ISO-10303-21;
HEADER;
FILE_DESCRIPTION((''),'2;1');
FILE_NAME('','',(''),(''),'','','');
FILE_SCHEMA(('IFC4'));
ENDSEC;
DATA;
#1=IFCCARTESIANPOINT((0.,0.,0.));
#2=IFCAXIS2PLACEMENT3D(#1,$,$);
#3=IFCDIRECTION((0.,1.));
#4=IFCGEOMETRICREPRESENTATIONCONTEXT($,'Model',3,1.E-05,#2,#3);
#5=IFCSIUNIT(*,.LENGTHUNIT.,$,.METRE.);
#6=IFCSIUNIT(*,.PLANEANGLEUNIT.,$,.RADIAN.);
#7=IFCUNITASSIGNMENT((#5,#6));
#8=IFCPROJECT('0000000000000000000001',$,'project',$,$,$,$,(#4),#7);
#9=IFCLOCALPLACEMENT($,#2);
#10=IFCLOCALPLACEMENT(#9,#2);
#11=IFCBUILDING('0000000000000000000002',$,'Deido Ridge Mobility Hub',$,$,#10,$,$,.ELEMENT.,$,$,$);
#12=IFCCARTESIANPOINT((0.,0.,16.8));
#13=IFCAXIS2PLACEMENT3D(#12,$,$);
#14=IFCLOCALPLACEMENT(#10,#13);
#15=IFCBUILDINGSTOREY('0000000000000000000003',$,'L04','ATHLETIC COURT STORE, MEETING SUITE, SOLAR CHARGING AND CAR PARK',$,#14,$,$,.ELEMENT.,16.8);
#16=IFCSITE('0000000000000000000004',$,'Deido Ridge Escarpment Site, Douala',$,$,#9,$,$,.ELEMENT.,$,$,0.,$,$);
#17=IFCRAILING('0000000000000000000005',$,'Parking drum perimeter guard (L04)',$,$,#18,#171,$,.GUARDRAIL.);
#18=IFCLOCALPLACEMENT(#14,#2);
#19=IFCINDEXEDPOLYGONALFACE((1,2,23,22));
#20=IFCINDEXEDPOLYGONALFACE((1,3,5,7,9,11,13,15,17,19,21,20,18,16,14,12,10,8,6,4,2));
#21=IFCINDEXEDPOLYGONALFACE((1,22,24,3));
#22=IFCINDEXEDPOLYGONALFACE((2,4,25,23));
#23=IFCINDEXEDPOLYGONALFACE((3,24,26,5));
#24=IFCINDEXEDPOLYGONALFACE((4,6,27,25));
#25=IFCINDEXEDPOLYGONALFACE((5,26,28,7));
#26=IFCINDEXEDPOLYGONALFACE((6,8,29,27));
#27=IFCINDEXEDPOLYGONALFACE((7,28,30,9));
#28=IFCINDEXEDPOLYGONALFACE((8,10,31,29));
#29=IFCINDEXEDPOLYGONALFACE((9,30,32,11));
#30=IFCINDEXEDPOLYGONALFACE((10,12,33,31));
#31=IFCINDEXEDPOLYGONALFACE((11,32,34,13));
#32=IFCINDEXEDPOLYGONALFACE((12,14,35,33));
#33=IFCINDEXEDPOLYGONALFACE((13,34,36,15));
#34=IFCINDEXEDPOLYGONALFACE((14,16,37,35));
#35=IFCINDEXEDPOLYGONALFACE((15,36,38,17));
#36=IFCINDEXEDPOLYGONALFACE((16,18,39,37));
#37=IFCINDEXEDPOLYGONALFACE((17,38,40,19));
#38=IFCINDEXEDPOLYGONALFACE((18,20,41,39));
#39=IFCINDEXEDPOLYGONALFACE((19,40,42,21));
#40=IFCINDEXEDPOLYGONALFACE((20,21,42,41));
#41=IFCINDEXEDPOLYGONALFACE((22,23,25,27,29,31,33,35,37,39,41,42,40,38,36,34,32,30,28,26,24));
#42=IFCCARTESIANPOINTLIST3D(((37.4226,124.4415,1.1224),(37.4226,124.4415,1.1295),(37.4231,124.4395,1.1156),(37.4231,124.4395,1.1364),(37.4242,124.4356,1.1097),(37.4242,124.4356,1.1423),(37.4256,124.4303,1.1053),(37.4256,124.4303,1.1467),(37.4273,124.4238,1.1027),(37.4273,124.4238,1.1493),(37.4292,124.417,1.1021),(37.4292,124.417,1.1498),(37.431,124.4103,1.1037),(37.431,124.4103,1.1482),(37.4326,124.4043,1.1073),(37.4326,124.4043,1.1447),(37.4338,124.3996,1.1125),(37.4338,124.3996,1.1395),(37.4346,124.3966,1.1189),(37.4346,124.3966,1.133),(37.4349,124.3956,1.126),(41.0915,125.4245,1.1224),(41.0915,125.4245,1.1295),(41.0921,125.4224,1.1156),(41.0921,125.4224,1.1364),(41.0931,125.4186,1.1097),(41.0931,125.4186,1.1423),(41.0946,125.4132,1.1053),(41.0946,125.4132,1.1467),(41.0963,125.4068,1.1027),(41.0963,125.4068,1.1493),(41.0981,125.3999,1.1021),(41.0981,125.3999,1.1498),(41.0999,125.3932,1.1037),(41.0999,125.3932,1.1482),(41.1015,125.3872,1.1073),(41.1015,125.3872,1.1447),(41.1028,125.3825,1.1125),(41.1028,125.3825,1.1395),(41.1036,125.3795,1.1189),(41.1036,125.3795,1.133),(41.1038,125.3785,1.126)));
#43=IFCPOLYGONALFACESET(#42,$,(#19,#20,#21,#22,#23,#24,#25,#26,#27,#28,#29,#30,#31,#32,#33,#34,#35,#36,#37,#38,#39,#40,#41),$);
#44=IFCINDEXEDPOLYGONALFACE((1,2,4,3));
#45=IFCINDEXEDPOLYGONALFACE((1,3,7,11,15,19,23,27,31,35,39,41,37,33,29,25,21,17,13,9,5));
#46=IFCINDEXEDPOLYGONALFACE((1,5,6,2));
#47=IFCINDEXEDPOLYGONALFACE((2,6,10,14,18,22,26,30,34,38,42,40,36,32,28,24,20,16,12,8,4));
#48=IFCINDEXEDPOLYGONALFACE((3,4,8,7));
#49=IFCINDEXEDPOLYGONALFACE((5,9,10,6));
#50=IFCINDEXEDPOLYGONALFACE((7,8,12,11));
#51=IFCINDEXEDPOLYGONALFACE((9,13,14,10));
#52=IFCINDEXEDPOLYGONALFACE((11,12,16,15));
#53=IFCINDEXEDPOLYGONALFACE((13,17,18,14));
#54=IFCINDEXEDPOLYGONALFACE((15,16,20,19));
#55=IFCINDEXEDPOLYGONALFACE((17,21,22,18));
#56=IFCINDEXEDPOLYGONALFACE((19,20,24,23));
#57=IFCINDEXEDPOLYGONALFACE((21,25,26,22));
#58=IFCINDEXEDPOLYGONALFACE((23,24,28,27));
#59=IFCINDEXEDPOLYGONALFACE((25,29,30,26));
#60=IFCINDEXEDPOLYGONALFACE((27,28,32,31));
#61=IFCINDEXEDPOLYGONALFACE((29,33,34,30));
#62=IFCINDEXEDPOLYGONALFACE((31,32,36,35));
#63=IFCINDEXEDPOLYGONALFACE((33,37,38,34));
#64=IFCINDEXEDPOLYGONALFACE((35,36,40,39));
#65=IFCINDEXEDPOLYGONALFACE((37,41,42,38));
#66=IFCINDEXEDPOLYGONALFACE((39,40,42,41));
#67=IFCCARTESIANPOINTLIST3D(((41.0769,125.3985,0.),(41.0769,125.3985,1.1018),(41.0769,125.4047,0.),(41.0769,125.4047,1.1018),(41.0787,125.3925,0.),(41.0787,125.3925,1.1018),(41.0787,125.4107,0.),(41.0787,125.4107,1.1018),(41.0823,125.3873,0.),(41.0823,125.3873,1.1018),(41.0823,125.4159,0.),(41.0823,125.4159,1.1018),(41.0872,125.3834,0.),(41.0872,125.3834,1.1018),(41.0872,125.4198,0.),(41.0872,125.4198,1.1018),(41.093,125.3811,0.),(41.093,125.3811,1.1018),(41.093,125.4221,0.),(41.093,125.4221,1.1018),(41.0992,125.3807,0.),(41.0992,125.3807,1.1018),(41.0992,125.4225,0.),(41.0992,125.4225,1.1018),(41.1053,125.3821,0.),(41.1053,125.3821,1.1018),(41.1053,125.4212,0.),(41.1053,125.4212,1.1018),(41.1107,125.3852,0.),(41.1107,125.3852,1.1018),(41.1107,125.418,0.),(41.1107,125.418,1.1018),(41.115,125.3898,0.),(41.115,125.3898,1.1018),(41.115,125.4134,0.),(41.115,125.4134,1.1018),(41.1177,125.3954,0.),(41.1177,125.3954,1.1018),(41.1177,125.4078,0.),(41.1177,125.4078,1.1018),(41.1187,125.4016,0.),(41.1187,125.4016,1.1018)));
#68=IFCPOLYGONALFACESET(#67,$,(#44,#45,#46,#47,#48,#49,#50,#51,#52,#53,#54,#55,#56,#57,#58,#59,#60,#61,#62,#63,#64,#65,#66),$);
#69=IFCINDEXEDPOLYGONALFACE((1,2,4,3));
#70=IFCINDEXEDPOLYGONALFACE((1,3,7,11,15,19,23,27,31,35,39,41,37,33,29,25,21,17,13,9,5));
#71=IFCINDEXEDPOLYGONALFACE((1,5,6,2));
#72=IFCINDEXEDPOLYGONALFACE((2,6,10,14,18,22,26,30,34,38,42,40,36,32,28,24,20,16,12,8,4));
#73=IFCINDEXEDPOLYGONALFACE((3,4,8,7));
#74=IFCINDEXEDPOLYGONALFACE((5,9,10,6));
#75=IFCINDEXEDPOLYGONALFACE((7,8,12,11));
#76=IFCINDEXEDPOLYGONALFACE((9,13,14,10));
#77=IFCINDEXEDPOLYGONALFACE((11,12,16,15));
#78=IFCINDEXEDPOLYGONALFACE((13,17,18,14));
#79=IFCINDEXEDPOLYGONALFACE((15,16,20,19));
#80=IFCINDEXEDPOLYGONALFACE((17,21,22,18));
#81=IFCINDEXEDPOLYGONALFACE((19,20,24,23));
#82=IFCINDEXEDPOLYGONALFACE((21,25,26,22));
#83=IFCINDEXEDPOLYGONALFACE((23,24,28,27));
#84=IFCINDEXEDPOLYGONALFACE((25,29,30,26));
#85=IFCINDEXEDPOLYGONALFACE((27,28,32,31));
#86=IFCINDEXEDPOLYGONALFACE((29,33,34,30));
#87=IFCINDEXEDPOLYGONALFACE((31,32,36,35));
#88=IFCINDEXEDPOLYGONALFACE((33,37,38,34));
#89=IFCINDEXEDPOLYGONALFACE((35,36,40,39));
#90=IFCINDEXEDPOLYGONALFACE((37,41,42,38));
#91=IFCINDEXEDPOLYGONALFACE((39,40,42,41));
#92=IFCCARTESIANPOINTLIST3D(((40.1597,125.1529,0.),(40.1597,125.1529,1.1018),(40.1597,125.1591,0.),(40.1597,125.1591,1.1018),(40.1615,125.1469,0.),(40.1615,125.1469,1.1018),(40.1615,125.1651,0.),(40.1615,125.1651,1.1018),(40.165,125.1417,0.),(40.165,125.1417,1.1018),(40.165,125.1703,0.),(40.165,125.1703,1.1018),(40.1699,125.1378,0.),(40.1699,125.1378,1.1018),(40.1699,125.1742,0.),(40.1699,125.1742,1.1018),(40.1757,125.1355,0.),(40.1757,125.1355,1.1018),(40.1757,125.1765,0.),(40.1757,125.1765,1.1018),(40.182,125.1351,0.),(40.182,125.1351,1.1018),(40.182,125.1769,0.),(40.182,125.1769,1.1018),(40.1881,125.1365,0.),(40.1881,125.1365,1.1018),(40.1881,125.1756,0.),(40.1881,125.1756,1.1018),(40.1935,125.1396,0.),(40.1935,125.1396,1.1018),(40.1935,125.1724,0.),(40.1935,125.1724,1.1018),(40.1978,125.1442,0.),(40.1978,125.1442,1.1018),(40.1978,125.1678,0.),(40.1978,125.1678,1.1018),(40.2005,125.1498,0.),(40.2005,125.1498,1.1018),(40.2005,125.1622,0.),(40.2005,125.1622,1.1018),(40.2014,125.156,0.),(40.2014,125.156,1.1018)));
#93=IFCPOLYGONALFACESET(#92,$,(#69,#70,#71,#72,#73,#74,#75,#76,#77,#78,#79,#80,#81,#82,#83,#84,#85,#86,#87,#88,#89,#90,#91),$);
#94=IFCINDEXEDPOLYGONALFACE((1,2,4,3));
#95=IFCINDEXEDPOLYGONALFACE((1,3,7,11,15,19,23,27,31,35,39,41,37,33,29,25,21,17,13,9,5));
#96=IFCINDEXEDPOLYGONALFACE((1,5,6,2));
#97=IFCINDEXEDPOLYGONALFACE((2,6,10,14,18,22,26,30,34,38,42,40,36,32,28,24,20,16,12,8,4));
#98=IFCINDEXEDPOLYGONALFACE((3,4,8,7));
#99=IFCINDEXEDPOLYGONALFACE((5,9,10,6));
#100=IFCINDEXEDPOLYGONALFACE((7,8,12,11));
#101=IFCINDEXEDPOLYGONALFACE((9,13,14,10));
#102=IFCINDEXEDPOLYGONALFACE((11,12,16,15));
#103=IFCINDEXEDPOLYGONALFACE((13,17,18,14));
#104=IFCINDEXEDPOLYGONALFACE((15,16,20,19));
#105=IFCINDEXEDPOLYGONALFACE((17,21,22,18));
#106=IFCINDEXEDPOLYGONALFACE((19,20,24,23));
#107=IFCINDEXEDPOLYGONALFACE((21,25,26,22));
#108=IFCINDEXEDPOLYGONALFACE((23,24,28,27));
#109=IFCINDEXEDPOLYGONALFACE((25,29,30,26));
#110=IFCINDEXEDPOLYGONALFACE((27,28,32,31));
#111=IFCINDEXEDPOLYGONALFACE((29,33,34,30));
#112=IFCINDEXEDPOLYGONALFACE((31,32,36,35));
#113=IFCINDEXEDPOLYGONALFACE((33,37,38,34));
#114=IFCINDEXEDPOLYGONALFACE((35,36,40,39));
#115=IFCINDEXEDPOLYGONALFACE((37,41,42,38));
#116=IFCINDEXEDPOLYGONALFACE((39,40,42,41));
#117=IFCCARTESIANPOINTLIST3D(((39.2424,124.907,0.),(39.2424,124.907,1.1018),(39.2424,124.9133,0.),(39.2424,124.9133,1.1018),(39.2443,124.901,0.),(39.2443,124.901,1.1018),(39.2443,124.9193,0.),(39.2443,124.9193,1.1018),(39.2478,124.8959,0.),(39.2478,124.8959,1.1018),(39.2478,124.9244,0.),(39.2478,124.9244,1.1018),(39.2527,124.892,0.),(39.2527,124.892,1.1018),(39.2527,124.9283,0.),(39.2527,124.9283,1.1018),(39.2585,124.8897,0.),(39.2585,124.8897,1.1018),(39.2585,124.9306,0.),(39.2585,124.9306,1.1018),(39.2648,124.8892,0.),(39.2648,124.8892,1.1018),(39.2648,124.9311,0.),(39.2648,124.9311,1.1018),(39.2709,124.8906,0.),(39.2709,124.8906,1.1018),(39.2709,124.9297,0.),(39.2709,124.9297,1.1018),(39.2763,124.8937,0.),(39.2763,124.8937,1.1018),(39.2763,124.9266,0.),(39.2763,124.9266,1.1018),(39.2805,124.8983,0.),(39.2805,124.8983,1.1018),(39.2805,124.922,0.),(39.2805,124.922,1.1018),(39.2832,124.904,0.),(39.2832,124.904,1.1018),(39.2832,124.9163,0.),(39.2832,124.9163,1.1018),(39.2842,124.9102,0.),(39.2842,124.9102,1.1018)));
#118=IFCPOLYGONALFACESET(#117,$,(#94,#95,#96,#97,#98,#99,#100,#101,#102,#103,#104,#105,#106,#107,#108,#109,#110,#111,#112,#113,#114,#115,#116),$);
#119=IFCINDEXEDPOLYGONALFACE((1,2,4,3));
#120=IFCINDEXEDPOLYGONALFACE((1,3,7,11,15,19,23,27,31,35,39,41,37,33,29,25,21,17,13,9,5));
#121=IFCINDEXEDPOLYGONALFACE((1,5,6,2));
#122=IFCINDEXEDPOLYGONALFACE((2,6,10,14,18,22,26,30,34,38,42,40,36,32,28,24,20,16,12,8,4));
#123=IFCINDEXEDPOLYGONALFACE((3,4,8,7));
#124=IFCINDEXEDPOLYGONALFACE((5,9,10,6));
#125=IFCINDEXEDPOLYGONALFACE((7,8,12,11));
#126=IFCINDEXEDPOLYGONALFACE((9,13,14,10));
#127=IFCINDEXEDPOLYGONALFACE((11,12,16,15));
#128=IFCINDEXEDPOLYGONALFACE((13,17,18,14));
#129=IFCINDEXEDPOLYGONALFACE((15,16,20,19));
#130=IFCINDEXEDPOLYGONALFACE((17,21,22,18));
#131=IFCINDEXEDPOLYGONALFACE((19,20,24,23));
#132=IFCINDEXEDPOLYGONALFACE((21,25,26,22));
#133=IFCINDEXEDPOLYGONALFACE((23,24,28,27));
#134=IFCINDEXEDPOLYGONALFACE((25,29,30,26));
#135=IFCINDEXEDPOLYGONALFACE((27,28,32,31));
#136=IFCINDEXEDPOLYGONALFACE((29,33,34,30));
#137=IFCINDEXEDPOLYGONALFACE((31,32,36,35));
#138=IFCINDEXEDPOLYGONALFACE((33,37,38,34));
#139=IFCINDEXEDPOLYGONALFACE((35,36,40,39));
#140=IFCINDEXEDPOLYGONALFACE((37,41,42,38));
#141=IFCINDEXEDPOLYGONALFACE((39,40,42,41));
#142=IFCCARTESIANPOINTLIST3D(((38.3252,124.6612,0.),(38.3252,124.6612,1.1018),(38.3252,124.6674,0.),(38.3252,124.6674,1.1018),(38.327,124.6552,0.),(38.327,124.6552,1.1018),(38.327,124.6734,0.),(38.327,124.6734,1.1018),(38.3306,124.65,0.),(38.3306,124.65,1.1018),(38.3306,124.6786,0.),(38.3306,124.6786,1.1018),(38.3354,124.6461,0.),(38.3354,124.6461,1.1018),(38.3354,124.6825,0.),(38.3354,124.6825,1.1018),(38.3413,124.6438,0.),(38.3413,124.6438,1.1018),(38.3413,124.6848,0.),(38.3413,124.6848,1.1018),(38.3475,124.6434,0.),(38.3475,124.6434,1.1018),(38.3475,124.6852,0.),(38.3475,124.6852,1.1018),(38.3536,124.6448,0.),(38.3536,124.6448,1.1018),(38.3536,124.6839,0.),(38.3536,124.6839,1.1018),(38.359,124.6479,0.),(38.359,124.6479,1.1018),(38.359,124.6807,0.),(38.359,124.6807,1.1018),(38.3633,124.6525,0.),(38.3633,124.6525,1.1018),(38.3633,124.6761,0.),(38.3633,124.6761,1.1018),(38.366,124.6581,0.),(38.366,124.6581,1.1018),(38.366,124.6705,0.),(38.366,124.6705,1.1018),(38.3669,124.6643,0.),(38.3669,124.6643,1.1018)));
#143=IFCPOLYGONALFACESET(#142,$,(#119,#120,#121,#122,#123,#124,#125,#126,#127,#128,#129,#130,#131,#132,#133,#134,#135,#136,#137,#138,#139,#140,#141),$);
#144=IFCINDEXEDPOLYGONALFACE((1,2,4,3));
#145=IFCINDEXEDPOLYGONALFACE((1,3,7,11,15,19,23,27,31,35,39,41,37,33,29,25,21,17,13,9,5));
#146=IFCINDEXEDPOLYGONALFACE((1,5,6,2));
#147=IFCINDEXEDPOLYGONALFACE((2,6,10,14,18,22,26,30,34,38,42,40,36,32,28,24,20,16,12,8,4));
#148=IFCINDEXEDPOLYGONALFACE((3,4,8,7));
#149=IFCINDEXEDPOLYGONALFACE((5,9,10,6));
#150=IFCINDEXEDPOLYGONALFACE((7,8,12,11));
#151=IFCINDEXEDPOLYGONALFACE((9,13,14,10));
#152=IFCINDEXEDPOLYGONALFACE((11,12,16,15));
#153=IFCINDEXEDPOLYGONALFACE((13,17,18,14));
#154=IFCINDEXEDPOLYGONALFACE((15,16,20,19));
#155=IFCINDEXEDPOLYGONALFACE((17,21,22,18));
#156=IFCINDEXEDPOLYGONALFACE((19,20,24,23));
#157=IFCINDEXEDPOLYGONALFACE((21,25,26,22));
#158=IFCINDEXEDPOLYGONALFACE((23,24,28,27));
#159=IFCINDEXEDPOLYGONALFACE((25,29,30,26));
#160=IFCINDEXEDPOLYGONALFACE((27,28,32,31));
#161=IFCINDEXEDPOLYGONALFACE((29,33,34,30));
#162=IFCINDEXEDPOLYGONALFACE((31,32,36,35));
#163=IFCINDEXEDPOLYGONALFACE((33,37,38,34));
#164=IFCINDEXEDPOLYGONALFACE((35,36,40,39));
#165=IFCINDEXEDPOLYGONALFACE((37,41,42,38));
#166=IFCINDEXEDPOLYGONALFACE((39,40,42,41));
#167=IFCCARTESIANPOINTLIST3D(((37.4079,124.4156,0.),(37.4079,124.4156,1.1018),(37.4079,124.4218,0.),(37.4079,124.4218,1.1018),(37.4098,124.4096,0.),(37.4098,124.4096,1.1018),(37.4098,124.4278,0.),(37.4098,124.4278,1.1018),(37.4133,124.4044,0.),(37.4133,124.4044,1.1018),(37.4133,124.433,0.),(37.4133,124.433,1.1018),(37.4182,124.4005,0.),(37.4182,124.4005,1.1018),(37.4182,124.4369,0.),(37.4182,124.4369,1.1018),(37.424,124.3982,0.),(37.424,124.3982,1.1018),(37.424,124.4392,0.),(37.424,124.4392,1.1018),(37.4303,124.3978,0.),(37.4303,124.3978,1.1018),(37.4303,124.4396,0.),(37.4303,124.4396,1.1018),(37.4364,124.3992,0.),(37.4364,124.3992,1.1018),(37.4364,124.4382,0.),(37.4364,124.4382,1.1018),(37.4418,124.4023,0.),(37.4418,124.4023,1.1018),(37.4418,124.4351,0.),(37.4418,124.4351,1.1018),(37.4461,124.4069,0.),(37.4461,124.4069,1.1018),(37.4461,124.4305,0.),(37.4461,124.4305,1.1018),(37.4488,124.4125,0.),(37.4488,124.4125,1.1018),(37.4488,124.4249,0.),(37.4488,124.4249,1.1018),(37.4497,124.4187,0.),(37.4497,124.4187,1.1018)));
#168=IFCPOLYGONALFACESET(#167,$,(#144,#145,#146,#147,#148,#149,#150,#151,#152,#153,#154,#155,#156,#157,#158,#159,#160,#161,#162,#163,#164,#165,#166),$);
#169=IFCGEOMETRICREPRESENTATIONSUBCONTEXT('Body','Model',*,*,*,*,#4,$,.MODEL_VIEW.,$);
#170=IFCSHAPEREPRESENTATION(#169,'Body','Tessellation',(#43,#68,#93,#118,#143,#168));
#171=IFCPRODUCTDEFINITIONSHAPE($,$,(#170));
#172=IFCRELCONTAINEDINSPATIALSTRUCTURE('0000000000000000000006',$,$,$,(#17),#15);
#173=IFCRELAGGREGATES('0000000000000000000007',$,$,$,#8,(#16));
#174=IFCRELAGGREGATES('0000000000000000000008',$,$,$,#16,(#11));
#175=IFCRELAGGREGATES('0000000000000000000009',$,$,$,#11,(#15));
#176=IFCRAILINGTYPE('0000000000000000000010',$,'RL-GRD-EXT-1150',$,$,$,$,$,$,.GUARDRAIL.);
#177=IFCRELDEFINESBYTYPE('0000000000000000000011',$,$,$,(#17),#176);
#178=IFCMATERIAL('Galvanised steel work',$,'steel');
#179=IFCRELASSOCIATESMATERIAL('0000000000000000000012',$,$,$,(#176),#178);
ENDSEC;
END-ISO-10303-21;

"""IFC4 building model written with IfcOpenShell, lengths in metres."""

from ifc_helpers import new_model, si_unit, direction, frame, origin, origin_2d, place, context, subcontext, project, spatial, circle, extrude, material, type_object, element, save


model = new_model("IFC4")

# Units and contexts
model_context = context("Model", 3, precision=1e-05, world=origin(), true_north=direction((0.0, 1.0)))
body_context = subcontext(model_context, "Body", "Model", "MODEL_VIEW")
ifc_project = project(units=[si_unit("LENGTHUNIT", "METRE"), si_unit("PLANEANGLEUNIT", "RADIAN")], contexts=[model_context])

# Site, building, storey
site_placement = place(None, origin())
site = spatial("IfcSite", under=ifc_project, at=site_placement, Name="Deido Ridge Escarpment Site, Douala", CompositionType="ELEMENT", RefElevation=0.0)
building_placement = place(site_placement, origin())
building = spatial("IfcBuilding", under=site, at=building_placement, Name="Deido Ridge Mobility Hub", CompositionType="ELEMENT")
storey_placement = place(building_placement, frame((0.0, 0.0, 16.8)))
storey = spatial("IfcBuildingStorey", under=building, at=storey_placement, Name="L04", Description="ATHLETIC COURT STORE, MEETING SUITE, SOLAR CHARGING AND CAR PARK", CompositionType="ELEMENT", Elevation=16.8)

# Railing
ifc_material_1 = material(Name="Galvanised steel work", Category="steel")
railing_type = type_object("IfcRailingType", Name="RL-GRD-EXT-1150", PredefinedType="GUARDRAIL", material=ifc_material_1)
railing_1_placement = place(storey_placement, frame((41.0977, 125.4016, 0.0)))
element("IfcRailing", 1, at=railing_1_placement, inside=storey, type_object=railing_type, Name="Parking drum perimeter guard (L04)", PredefinedType="GUARDRAIL", context=body_context, shape_type="SweptSolid", body=[
    extrude(circle(Radius=0.0239, at=origin_2d()), frame((0.0, 0.0, 1.126), z_axis=(-0.965938, -0.258775, 0.0), x_axis=(0.258775, -0.965938, 0.0)), (0.0, 0.0, 1.0), 3.7983),
    extrude(circle(Radius=0.021, at=origin_2d()), origin(), (0.0, 0.0, 1.0), 1.1018),
    extrude(circle(Radius=0.021, at=origin_2d()), frame((-0.9172, -0.2456, 0.0)), (0.0, 0.0, 1.0), 1.1018),
    extrude(circle(Radius=0.021, at=origin_2d()), frame((-1.8345, -0.4915, 0.0)), (0.0, 0.0, 1.0), 1.1018),
    extrude(circle(Radius=0.021, at=origin_2d()), frame((-2.7517, -0.7373, 0.0)), (0.0, 0.0, 1.0), 1.1018),
    extrude(circle(Radius=0.021, at=origin_2d()), frame((-3.6689, -0.9829, 0.0)), (0.0, 0.0, 1.0), 1.1018),
])

save(model, "model.ifc")
